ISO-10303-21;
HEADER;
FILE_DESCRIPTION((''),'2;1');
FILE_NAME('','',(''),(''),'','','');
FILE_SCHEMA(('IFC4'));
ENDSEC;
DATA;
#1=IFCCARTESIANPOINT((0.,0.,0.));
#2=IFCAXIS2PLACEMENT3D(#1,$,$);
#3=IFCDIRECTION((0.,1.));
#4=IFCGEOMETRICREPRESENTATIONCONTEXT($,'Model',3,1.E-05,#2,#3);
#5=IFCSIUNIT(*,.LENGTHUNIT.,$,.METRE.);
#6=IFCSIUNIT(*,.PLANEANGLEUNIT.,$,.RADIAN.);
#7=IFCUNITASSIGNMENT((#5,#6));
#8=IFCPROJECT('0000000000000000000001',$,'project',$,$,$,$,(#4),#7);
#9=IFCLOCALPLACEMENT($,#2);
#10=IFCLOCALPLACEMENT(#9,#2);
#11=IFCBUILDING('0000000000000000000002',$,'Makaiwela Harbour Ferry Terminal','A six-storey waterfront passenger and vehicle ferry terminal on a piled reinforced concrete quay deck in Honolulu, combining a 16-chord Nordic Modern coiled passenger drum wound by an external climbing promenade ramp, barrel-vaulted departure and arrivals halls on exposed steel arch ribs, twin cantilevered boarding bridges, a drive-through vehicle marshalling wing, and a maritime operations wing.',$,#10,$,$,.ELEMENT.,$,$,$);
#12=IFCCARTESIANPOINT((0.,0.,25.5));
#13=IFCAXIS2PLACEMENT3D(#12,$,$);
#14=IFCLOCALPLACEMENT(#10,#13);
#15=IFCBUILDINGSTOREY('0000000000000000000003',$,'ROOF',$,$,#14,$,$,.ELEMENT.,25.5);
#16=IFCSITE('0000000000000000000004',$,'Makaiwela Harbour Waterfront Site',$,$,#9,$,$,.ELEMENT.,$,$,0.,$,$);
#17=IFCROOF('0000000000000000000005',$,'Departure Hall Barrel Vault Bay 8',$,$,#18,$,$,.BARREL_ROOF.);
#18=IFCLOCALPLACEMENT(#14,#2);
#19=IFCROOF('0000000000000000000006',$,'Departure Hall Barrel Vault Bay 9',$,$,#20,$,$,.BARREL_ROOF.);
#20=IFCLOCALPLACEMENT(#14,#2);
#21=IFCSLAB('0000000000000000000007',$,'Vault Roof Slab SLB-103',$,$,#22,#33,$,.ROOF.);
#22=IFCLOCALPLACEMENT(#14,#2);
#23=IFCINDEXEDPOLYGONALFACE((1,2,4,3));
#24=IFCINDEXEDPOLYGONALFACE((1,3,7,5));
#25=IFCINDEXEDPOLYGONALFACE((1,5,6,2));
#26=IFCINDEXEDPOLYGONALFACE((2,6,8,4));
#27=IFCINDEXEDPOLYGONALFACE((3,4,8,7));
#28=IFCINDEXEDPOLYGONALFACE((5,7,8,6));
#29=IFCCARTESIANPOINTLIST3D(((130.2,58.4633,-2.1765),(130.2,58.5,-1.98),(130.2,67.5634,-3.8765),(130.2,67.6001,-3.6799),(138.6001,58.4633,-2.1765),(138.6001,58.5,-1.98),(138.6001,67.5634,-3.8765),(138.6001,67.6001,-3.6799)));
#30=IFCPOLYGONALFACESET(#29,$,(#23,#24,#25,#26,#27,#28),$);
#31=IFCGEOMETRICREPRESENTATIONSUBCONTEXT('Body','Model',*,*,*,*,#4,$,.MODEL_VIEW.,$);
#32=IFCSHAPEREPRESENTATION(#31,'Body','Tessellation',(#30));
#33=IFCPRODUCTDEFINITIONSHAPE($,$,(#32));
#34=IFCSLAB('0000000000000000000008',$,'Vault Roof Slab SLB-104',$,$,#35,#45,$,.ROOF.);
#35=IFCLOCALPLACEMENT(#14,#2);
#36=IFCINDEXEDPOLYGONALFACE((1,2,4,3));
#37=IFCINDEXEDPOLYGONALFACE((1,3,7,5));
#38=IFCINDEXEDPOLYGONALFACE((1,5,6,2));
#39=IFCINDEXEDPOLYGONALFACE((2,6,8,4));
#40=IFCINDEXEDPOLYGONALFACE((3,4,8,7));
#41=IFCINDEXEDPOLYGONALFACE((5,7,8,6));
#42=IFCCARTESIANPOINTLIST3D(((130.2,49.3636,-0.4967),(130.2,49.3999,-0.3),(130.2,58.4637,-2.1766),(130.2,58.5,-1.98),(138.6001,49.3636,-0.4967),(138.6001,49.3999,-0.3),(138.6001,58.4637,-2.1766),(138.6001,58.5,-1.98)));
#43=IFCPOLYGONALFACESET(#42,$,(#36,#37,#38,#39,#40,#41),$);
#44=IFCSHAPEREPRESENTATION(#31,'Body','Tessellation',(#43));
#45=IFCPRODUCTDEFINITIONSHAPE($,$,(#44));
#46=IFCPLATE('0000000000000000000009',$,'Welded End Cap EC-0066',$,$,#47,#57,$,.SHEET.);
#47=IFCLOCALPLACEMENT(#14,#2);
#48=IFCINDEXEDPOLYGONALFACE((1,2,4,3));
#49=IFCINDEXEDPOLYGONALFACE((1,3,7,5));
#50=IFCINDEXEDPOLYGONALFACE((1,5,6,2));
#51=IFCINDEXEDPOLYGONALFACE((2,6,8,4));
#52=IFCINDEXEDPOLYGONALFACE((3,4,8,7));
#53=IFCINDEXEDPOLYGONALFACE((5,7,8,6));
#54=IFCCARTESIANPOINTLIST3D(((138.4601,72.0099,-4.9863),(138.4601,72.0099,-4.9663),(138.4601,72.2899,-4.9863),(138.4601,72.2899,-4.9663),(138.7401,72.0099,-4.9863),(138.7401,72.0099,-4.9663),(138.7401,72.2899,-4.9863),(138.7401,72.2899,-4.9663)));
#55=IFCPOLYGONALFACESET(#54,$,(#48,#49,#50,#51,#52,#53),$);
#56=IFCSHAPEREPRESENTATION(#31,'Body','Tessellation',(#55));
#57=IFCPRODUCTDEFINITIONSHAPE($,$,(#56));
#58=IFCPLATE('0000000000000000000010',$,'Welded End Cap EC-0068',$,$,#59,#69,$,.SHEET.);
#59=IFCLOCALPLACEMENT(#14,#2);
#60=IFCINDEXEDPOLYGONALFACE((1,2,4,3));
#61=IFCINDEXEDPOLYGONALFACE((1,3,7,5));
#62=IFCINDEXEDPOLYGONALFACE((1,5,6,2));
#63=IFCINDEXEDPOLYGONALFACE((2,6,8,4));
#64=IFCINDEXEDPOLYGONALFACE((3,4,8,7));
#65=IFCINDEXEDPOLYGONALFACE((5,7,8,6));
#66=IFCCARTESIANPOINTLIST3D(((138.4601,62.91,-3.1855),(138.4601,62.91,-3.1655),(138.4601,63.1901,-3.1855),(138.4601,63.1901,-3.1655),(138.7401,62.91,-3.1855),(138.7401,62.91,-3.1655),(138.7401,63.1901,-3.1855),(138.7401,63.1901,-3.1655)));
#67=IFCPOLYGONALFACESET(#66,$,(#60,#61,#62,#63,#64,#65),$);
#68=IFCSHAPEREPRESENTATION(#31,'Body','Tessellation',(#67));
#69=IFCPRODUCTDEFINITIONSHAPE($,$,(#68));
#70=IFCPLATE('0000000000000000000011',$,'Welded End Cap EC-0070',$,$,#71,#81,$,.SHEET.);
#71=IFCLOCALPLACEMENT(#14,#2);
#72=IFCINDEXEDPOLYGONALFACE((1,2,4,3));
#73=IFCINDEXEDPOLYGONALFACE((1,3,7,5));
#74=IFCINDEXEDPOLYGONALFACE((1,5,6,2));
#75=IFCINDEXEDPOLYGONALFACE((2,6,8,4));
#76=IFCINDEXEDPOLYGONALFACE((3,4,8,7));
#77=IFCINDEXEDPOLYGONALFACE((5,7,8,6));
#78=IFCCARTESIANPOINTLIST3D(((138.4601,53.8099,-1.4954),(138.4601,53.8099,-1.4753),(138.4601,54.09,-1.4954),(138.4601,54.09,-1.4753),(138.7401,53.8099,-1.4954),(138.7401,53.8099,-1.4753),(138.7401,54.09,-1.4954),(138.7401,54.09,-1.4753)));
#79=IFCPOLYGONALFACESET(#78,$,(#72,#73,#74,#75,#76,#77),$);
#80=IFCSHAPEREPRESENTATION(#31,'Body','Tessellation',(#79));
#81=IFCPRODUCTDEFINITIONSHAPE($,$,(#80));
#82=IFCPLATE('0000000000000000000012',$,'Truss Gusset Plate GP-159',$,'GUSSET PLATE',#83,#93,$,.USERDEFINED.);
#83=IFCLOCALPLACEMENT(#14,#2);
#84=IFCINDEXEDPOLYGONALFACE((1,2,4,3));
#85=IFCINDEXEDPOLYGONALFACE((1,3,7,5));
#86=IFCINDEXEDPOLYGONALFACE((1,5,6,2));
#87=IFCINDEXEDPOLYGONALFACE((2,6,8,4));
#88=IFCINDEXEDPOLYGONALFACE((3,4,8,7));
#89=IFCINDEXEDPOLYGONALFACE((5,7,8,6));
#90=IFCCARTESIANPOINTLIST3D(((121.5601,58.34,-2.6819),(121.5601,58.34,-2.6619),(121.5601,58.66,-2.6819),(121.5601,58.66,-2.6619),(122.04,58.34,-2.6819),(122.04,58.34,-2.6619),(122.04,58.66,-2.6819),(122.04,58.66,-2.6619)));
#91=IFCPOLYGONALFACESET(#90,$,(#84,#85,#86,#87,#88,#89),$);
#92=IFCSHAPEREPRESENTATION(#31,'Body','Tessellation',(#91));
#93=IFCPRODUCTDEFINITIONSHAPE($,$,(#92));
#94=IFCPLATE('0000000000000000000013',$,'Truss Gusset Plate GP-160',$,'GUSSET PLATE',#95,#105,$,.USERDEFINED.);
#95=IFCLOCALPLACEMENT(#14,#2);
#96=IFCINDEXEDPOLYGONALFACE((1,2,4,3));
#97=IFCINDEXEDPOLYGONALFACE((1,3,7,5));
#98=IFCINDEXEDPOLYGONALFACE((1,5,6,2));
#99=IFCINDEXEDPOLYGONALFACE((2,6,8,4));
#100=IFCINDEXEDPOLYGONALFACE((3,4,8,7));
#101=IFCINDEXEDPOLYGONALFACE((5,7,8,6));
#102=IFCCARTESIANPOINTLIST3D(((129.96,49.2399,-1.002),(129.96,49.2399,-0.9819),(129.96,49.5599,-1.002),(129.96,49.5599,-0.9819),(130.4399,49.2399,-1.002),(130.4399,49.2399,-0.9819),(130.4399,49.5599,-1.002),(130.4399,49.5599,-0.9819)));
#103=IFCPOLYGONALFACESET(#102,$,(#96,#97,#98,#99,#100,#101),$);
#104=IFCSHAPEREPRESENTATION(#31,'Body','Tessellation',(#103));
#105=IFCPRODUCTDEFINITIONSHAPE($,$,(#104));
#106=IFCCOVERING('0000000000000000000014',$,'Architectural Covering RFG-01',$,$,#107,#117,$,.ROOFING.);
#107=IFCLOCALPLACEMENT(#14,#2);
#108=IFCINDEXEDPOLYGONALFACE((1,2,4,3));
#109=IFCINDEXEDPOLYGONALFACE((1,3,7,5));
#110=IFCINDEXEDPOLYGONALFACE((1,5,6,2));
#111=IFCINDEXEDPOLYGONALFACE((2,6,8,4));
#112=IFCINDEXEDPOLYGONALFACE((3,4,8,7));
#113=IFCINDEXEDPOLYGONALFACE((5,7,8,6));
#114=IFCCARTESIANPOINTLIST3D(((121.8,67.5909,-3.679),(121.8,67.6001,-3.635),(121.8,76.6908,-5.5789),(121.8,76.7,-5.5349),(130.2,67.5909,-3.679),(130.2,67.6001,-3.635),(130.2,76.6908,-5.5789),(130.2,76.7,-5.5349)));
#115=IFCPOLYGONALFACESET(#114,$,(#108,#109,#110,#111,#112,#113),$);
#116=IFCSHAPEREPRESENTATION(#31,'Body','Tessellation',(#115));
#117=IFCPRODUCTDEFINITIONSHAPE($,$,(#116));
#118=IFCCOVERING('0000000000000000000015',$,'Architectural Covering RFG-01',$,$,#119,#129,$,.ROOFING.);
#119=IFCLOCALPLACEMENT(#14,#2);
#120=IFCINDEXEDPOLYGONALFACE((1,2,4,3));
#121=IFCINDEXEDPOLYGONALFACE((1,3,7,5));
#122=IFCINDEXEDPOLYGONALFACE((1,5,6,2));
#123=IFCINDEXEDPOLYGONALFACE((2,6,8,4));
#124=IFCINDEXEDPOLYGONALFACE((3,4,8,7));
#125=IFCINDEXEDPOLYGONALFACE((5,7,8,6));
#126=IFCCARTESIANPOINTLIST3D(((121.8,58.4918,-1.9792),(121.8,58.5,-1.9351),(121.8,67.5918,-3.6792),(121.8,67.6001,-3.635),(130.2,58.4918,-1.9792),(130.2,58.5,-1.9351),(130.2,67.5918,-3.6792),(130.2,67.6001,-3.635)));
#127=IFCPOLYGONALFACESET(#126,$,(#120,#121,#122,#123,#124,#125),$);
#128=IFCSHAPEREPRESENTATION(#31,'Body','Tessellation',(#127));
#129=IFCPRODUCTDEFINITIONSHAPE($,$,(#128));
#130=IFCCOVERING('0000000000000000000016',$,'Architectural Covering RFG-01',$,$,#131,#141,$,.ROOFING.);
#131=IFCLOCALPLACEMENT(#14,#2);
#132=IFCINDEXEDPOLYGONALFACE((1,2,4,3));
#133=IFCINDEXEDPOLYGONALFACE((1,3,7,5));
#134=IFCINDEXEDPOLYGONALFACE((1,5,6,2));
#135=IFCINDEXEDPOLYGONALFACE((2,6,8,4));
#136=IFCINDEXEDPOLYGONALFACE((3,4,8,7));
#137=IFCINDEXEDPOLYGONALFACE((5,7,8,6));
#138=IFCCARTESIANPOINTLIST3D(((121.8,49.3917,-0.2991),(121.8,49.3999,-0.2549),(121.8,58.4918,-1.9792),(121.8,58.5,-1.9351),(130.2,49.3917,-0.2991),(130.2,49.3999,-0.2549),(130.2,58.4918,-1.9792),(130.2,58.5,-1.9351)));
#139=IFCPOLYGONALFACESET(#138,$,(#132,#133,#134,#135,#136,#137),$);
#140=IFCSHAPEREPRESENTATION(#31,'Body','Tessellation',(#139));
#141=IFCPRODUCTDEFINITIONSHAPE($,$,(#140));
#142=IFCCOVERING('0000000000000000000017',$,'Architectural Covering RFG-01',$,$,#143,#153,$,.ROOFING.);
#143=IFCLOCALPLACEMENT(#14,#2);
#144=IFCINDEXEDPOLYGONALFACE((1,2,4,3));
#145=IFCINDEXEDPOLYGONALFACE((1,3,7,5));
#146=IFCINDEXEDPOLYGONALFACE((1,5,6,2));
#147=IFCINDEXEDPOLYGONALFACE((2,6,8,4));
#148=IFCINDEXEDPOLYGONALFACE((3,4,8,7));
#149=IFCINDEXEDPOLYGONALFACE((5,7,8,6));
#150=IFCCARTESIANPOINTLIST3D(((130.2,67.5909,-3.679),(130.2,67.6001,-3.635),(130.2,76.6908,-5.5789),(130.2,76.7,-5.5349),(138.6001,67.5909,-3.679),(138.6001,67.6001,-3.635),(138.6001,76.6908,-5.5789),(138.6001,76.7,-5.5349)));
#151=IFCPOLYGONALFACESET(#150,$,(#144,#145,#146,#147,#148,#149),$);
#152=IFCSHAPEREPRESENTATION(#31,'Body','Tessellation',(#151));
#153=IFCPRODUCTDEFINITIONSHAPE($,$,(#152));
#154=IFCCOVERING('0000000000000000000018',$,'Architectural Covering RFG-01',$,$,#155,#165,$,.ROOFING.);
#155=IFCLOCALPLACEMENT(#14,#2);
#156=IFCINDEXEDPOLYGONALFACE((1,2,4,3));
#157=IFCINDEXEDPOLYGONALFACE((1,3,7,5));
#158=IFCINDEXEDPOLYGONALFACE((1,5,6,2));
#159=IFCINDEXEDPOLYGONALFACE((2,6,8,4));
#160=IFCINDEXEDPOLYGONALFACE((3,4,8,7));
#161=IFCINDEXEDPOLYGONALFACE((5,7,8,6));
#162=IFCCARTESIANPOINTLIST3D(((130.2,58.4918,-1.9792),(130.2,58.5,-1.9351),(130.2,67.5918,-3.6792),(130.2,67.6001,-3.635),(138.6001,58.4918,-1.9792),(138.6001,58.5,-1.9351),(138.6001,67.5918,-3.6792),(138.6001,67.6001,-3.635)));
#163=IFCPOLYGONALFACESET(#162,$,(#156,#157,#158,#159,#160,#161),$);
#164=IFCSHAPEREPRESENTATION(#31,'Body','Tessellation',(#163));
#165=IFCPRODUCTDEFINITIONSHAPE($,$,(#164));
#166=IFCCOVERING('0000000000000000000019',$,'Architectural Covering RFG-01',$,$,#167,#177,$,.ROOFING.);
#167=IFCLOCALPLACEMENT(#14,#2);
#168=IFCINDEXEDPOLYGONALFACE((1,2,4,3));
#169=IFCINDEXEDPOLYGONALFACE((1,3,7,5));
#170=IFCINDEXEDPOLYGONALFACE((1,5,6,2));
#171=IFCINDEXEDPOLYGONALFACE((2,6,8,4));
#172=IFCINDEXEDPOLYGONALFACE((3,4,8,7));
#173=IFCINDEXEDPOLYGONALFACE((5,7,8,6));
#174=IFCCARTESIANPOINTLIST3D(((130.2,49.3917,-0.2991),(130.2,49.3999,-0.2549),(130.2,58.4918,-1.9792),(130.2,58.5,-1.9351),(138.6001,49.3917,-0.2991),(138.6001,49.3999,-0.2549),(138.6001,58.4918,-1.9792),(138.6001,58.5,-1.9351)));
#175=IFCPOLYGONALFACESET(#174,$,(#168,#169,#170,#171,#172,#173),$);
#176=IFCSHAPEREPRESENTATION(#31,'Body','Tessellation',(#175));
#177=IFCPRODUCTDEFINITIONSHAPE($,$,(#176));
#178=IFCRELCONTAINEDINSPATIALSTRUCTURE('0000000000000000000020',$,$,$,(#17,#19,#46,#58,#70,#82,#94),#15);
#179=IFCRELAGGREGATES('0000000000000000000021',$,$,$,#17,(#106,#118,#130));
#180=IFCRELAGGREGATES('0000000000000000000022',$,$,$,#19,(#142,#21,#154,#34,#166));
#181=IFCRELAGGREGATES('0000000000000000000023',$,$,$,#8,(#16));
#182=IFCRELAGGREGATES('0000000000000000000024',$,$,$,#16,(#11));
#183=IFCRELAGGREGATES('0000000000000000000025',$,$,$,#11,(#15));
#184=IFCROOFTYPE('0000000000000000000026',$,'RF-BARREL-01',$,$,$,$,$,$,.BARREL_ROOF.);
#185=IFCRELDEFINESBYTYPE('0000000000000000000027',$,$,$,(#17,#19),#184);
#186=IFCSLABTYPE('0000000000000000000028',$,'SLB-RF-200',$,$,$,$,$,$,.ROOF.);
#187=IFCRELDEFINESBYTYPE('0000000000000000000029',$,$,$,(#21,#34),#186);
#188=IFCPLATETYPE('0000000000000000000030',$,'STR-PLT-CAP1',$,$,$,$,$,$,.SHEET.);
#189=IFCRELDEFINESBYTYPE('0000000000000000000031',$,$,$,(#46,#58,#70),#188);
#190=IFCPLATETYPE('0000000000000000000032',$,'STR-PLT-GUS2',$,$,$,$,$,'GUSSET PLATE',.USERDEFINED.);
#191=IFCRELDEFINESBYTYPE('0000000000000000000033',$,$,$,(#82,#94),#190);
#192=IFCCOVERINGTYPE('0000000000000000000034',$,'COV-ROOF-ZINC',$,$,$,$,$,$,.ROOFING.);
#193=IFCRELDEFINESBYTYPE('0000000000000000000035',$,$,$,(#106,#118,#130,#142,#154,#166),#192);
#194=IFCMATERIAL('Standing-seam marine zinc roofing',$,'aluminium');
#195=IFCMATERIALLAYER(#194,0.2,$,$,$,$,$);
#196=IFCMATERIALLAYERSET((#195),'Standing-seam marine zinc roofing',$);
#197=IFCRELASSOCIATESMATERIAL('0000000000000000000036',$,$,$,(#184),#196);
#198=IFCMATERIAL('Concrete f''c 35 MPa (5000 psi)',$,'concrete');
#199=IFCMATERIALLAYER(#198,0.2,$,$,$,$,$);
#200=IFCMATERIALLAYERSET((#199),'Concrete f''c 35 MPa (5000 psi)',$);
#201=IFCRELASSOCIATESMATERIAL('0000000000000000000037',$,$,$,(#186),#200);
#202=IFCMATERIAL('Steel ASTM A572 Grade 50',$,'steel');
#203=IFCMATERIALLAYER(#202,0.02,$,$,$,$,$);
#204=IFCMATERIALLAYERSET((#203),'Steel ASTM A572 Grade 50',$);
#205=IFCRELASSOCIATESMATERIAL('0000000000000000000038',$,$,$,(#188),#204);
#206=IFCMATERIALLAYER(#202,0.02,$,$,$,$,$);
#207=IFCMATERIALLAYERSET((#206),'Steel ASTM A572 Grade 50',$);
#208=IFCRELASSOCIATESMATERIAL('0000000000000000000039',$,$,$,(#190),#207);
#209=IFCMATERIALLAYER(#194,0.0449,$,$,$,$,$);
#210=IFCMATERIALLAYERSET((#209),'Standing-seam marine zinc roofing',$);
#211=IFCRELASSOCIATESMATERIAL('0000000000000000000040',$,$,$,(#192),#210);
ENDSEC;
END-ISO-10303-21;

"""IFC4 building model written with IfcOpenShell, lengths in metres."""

from ifc_helpers import new_model, si_unit, direction, frame, origin, origin_2d, place, context, subcontext, project, spatial, polyline, rectangle, outline, extrude, material, layer, layer_set, type_object, element, aggregate, save


model = new_model("IFC4")

# Units and contexts
model_context = context("Model", 3, precision=1e-05, world=origin(), true_north=direction((0.0, 1.0)))
body_context = subcontext(model_context, "Body", "Model", "MODEL_VIEW")
ifc_project = project(units=[si_unit("LENGTHUNIT", "METRE"), si_unit("PLANEANGLEUNIT", "RADIAN")], contexts=[model_context])

# Site, building, storey
site_placement = place(None, origin())
site = spatial("IfcSite", under=ifc_project, at=site_placement, Name="Makaiwela Harbour Waterfront Site", CompositionType="ELEMENT", RefElevation=0.0)
building_placement = place(site_placement, origin())
building = spatial("IfcBuilding", under=site, at=building_placement, Name="Makaiwela Harbour Ferry Terminal", Description="A six-storey waterfront passenger and vehicle ferry terminal on a piled reinforced concrete quay deck in Honolulu, combining a 16-chord Nordic Modern coiled passenger drum wound by an external climbing promenade ramp, barrel-vaulted departure and arrivals halls on exposed steel arch ribs, twin cantilevered boarding bridges, a drive-through vehicle marshalling wing, and a maritime operations wing.", CompositionType="ELEMENT")
storey_placement = place(building_placement, frame((0.0, 0.0, 25.5)))
storey = spatial("IfcBuildingStorey", under=building, at=storey_placement, Name="ROOF", CompositionType="ELEMENT", Elevation=25.5)

# Roofs, slabs
ifc_material_1 = material(Name="Standing-seam marine zinc roofing", Category="aluminium")
ifc_layer_1 = layer(ifc_material_1, 0.2)
ifc_layer_set_1 = layer_set([ifc_layer_1], Name="Standing-seam marine zinc roofing")
roof_type = type_object("IfcRoofType", Name="RF-BARREL-01", PredefinedType="BARREL_ROOF", material=ifc_layer_set_1)
roof_1_placement = place(storey_placement, origin())
roof_1 = element("IfcRoof", 1, at=roof_1_placement, inside=storey, type_object=roof_type, Name="Departure Hall Barrel Vault Bay 8", PredefinedType="BARREL_ROOF")
ifc_material_2 = material(Name="Concrete f'c 35 MPa (5000 psi)", Category="concrete")
ifc_layer_2 = layer(ifc_material_2, 0.2)
ifc_layer_set_2 = layer_set([ifc_layer_2], Name="Concrete f'c 35 MPa (5000 psi)")
slab_type = type_object("IfcSlabType", Name="SLB-RF-200", PredefinedType="ROOF", material=ifc_layer_set_2)
roof_2_placement = place(storey_placement, origin())
roof_2 = element("IfcRoof", 2, at=roof_2_placement, inside=storey, type_object=roof_type, Name="Departure Hall Barrel Vault Bay 9", PredefinedType="BARREL_ROOF")
slab_1_placement = place(storey_placement, frame((130.2, 58.5, -1.98), z_axis=(0.0, 0.183629, 0.982996), x_axis=(1.0, 0.0, 0.0)))
slab_1 = element("IfcSlab", 3, at=slab_1_placement, type_object=slab_type, Name="Vault Roof Slab SLB-103", PredefinedType="ROOF", context=body_context, shape_type="SweptSolid", body=[
    extrude(outline(polyline([(0.0, 0.0), (8.4001, 0.0), (8.4001, 9.2575), (0.0, 9.2575), (0.0, 0.0)])), origin(), (0.0, 0.0, -1.0), 0.2),
])
slab_2_placement = place(storey_placement, frame((130.2, 49.3999, -0.3), z_axis=(0.0, 0.181538, 0.983384), x_axis=(1.0, 0.0, 0.0)))
slab_2 = element("IfcSlab", 4, at=slab_2_placement, type_object=slab_type, Name="Vault Roof Slab SLB-104", PredefinedType="ROOF", context=body_context, shape_type="SweptSolid", body=[
    extrude(outline(polyline([(0.0, 0.0), (8.4001, 0.0), (8.4001, 9.2539), (0.0, 9.2539), (0.0, 0.0)])), origin(), (0.0, 0.0, -1.0), 0.2),
])

# Plates
ifc_material_3 = material(Name="Steel ASTM A572 Grade 50", Category="steel")
ifc_layer_3 = layer(ifc_material_3, 0.02)
ifc_layer_set_3 = layer_set([ifc_layer_3], Name="Steel ASTM A572 Grade 50")
plate_type_1 = type_object("IfcPlateType", Name="STR-PLT-CAP1", PredefinedType="SHEET", material=ifc_layer_set_3)
for number, where, z_axis, x_axis, name in (
    (5, (138.6001, 72.1499, -4.9863), (0.0, 0.0, 1.0), (0.0, 1.0, 0.0), "Welded End Cap EC-0066"),
    (6, (138.6001, 63.05, -3.1855), (0.0, 0.0, 1.0), (0.0, 1.0, 0.0), "Welded End Cap EC-0068"),
    (7, (138.6001, 53.95, -1.4954), (0.0, 0.0, 1.0), (0.0, 1.0, 0.0), "Welded End Cap EC-0070"),
):
    element("IfcPlate", number, at=place(storey_placement, frame(where, z_axis=z_axis, x_axis=x_axis)), inside=storey, type_object=plate_type_1, Name=name, PredefinedType="SHEET", context=body_context, shape_type="SweptSolid", body=[
        extrude(rectangle(XDim=0.28, YDim=0.28, at=origin_2d()), origin(), (0.0, 0.0, 1.0), 0.02),
    ])
ifc_layer_4 = layer(ifc_material_3, 0.02)
ifc_layer_set_4 = layer_set([ifc_layer_4], Name="Steel ASTM A572 Grade 50")
plate_type_2 = type_object("IfcPlateType", Name="STR-PLT-GUS2", ElementType="GUSSET PLATE", PredefinedType="USERDEFINED", material=ifc_layer_set_4)
for number, where, z_axis, x_axis, name in (
    (8, (121.8, 58.5, -2.6819), (0.0, 0.0, 1.0), (1.0, 0.0, 0.0), "Truss Gusset Plate GP-159"),
    (9, (130.2, 49.3999, -1.002), (0.0, 0.0, 1.0), (1.0, 0.0, 0.0), "Truss Gusset Plate GP-160"),
):
    element("IfcPlate", number, at=place(storey_placement, frame(where, z_axis=z_axis, x_axis=x_axis)), inside=storey, type_object=plate_type_2, Name=name, ObjectType="GUSSET PLATE", PredefinedType="USERDEFINED", context=body_context, shape_type="SweptSolid", body=[
        extrude(rectangle(XDim=0.48, YDim=0.3201, at=origin_2d()), origin(), (0.0, 0.0, 1.0), 0.02),
    ])

# Coverings
ifc_layer_5 = layer(ifc_material_1, 0.0449)
ifc_layer_set_5 = layer_set([ifc_layer_5], Name="Standing-seam marine zinc roofing")
covering_type = type_object("IfcCoveringType", Name="COV-ROOF-ZINC", PredefinedType="ROOFING", material=ifc_layer_set_5)
covering_1_placement = place(storey_placement, frame((121.8, 67.6001, -3.635), z_axis=(0.0, 0.204377, 0.978892), x_axis=(1.0, 0.0, 0.0)))
covering_1 = element("IfcCovering", 10, at=covering_1_placement, type_object=covering_type, Name="Architectural Covering RFG-01", PredefinedType="ROOFING", context=body_context, shape_type="SweptSolid", body=[
    extrude(outline(polyline([(0.0, 0.0), (8.3999, 0.0), (8.3999, 9.2961), (0.0, 9.2961), (0.0, 0.0)])), origin(), (0.0, 0.0, -1.0), 0.0449),
])
covering_2_placement = place(storey_placement, frame((121.8, 58.5, -1.9351), z_axis=(0.0, 0.183629, 0.982996), x_axis=(1.0, 0.0, 0.0)))
covering_2 = element("IfcCovering", 11, at=covering_2_placement, type_object=covering_type, Name="Architectural Covering RFG-01", PredefinedType="ROOFING", context=body_context, shape_type="SweptSolid", body=[
    extrude(outline(polyline([(0.0, 0.0), (8.3999, 0.0), (8.3999, 9.2575), (0.0, 9.2575), (0.0, 0.0)])), origin(), (0.0, 0.0, -1.0), 0.0449),
])
covering_3_placement = place(storey_placement, frame((121.8, 49.3999, -0.2549), z_axis=(0.0, 0.181564, 0.983379), x_axis=(1.0, 0.0, 0.0)))
covering_3 = element("IfcCovering", 12, at=covering_3_placement, type_object=covering_type, Name="Architectural Covering RFG-01", PredefinedType="ROOFING", context=body_context, shape_type="SweptSolid", body=[
    extrude(outline(polyline([(0.0, 0.0), (8.3999, 0.0), (8.3999, 9.2539), (0.0, 9.2539), (0.0, 0.0)])), origin(), (0.0, 0.0, -1.0), 0.0449),
])
aggregate(roof_1, [covering_1, covering_2, covering_3])
covering_4_placement = place(storey_placement, frame((130.2, 67.6001, -3.635), z_axis=(0.0, 0.204377, 0.978892), x_axis=(1.0, 0.0, 0.0)))
covering_4 = element("IfcCovering", 13, at=covering_4_placement, type_object=covering_type, Name="Architectural Covering RFG-01", PredefinedType="ROOFING", context=body_context, shape_type="SweptSolid", body=[
    extrude(outline(polyline([(0.0, 0.0), (8.4001, 0.0), (8.4001, 9.2961), (0.0, 9.2961), (0.0, 0.0)])), origin(), (0.0, 0.0, -1.0), 0.0449),
])
covering_5_placement = place(storey_placement, frame((130.2, 58.5, -1.9351), z_axis=(0.0, 0.183629, 0.982996), x_axis=(1.0, 0.0, 0.0)))
covering_5 = element("IfcCovering", 14, at=covering_5_placement, type_object=covering_type, Name="Architectural Covering RFG-01", PredefinedType="ROOFING", context=body_context, shape_type="SweptSolid", body=[
    extrude(outline(polyline([(0.0, 0.0), (8.4001, 0.0), (8.4001, 9.2575), (0.0, 9.2575), (0.0, 0.0)])), origin(), (0.0, 0.0, -1.0), 0.0449),
])
covering_6_placement = place(storey_placement, frame((130.2, 49.3999, -0.2549), z_axis=(0.0, 0.181564, 0.983379), x_axis=(1.0, 0.0, 0.0)))
covering_6 = element("IfcCovering", 15, at=covering_6_placement, type_object=covering_type, Name="Architectural Covering RFG-01", PredefinedType="ROOFING", context=body_context, shape_type="SweptSolid", body=[
    extrude(outline(polyline([(0.0, 0.0), (8.4001, 0.0), (8.4001, 9.2539), (0.0, 9.2539), (0.0, 0.0)])), origin(), (0.0, 0.0, -1.0), 0.0449),
])
aggregate(roof_2, [covering_4, slab_1, covering_5, slab_2, covering_6])

save(model, "model.ifc")
